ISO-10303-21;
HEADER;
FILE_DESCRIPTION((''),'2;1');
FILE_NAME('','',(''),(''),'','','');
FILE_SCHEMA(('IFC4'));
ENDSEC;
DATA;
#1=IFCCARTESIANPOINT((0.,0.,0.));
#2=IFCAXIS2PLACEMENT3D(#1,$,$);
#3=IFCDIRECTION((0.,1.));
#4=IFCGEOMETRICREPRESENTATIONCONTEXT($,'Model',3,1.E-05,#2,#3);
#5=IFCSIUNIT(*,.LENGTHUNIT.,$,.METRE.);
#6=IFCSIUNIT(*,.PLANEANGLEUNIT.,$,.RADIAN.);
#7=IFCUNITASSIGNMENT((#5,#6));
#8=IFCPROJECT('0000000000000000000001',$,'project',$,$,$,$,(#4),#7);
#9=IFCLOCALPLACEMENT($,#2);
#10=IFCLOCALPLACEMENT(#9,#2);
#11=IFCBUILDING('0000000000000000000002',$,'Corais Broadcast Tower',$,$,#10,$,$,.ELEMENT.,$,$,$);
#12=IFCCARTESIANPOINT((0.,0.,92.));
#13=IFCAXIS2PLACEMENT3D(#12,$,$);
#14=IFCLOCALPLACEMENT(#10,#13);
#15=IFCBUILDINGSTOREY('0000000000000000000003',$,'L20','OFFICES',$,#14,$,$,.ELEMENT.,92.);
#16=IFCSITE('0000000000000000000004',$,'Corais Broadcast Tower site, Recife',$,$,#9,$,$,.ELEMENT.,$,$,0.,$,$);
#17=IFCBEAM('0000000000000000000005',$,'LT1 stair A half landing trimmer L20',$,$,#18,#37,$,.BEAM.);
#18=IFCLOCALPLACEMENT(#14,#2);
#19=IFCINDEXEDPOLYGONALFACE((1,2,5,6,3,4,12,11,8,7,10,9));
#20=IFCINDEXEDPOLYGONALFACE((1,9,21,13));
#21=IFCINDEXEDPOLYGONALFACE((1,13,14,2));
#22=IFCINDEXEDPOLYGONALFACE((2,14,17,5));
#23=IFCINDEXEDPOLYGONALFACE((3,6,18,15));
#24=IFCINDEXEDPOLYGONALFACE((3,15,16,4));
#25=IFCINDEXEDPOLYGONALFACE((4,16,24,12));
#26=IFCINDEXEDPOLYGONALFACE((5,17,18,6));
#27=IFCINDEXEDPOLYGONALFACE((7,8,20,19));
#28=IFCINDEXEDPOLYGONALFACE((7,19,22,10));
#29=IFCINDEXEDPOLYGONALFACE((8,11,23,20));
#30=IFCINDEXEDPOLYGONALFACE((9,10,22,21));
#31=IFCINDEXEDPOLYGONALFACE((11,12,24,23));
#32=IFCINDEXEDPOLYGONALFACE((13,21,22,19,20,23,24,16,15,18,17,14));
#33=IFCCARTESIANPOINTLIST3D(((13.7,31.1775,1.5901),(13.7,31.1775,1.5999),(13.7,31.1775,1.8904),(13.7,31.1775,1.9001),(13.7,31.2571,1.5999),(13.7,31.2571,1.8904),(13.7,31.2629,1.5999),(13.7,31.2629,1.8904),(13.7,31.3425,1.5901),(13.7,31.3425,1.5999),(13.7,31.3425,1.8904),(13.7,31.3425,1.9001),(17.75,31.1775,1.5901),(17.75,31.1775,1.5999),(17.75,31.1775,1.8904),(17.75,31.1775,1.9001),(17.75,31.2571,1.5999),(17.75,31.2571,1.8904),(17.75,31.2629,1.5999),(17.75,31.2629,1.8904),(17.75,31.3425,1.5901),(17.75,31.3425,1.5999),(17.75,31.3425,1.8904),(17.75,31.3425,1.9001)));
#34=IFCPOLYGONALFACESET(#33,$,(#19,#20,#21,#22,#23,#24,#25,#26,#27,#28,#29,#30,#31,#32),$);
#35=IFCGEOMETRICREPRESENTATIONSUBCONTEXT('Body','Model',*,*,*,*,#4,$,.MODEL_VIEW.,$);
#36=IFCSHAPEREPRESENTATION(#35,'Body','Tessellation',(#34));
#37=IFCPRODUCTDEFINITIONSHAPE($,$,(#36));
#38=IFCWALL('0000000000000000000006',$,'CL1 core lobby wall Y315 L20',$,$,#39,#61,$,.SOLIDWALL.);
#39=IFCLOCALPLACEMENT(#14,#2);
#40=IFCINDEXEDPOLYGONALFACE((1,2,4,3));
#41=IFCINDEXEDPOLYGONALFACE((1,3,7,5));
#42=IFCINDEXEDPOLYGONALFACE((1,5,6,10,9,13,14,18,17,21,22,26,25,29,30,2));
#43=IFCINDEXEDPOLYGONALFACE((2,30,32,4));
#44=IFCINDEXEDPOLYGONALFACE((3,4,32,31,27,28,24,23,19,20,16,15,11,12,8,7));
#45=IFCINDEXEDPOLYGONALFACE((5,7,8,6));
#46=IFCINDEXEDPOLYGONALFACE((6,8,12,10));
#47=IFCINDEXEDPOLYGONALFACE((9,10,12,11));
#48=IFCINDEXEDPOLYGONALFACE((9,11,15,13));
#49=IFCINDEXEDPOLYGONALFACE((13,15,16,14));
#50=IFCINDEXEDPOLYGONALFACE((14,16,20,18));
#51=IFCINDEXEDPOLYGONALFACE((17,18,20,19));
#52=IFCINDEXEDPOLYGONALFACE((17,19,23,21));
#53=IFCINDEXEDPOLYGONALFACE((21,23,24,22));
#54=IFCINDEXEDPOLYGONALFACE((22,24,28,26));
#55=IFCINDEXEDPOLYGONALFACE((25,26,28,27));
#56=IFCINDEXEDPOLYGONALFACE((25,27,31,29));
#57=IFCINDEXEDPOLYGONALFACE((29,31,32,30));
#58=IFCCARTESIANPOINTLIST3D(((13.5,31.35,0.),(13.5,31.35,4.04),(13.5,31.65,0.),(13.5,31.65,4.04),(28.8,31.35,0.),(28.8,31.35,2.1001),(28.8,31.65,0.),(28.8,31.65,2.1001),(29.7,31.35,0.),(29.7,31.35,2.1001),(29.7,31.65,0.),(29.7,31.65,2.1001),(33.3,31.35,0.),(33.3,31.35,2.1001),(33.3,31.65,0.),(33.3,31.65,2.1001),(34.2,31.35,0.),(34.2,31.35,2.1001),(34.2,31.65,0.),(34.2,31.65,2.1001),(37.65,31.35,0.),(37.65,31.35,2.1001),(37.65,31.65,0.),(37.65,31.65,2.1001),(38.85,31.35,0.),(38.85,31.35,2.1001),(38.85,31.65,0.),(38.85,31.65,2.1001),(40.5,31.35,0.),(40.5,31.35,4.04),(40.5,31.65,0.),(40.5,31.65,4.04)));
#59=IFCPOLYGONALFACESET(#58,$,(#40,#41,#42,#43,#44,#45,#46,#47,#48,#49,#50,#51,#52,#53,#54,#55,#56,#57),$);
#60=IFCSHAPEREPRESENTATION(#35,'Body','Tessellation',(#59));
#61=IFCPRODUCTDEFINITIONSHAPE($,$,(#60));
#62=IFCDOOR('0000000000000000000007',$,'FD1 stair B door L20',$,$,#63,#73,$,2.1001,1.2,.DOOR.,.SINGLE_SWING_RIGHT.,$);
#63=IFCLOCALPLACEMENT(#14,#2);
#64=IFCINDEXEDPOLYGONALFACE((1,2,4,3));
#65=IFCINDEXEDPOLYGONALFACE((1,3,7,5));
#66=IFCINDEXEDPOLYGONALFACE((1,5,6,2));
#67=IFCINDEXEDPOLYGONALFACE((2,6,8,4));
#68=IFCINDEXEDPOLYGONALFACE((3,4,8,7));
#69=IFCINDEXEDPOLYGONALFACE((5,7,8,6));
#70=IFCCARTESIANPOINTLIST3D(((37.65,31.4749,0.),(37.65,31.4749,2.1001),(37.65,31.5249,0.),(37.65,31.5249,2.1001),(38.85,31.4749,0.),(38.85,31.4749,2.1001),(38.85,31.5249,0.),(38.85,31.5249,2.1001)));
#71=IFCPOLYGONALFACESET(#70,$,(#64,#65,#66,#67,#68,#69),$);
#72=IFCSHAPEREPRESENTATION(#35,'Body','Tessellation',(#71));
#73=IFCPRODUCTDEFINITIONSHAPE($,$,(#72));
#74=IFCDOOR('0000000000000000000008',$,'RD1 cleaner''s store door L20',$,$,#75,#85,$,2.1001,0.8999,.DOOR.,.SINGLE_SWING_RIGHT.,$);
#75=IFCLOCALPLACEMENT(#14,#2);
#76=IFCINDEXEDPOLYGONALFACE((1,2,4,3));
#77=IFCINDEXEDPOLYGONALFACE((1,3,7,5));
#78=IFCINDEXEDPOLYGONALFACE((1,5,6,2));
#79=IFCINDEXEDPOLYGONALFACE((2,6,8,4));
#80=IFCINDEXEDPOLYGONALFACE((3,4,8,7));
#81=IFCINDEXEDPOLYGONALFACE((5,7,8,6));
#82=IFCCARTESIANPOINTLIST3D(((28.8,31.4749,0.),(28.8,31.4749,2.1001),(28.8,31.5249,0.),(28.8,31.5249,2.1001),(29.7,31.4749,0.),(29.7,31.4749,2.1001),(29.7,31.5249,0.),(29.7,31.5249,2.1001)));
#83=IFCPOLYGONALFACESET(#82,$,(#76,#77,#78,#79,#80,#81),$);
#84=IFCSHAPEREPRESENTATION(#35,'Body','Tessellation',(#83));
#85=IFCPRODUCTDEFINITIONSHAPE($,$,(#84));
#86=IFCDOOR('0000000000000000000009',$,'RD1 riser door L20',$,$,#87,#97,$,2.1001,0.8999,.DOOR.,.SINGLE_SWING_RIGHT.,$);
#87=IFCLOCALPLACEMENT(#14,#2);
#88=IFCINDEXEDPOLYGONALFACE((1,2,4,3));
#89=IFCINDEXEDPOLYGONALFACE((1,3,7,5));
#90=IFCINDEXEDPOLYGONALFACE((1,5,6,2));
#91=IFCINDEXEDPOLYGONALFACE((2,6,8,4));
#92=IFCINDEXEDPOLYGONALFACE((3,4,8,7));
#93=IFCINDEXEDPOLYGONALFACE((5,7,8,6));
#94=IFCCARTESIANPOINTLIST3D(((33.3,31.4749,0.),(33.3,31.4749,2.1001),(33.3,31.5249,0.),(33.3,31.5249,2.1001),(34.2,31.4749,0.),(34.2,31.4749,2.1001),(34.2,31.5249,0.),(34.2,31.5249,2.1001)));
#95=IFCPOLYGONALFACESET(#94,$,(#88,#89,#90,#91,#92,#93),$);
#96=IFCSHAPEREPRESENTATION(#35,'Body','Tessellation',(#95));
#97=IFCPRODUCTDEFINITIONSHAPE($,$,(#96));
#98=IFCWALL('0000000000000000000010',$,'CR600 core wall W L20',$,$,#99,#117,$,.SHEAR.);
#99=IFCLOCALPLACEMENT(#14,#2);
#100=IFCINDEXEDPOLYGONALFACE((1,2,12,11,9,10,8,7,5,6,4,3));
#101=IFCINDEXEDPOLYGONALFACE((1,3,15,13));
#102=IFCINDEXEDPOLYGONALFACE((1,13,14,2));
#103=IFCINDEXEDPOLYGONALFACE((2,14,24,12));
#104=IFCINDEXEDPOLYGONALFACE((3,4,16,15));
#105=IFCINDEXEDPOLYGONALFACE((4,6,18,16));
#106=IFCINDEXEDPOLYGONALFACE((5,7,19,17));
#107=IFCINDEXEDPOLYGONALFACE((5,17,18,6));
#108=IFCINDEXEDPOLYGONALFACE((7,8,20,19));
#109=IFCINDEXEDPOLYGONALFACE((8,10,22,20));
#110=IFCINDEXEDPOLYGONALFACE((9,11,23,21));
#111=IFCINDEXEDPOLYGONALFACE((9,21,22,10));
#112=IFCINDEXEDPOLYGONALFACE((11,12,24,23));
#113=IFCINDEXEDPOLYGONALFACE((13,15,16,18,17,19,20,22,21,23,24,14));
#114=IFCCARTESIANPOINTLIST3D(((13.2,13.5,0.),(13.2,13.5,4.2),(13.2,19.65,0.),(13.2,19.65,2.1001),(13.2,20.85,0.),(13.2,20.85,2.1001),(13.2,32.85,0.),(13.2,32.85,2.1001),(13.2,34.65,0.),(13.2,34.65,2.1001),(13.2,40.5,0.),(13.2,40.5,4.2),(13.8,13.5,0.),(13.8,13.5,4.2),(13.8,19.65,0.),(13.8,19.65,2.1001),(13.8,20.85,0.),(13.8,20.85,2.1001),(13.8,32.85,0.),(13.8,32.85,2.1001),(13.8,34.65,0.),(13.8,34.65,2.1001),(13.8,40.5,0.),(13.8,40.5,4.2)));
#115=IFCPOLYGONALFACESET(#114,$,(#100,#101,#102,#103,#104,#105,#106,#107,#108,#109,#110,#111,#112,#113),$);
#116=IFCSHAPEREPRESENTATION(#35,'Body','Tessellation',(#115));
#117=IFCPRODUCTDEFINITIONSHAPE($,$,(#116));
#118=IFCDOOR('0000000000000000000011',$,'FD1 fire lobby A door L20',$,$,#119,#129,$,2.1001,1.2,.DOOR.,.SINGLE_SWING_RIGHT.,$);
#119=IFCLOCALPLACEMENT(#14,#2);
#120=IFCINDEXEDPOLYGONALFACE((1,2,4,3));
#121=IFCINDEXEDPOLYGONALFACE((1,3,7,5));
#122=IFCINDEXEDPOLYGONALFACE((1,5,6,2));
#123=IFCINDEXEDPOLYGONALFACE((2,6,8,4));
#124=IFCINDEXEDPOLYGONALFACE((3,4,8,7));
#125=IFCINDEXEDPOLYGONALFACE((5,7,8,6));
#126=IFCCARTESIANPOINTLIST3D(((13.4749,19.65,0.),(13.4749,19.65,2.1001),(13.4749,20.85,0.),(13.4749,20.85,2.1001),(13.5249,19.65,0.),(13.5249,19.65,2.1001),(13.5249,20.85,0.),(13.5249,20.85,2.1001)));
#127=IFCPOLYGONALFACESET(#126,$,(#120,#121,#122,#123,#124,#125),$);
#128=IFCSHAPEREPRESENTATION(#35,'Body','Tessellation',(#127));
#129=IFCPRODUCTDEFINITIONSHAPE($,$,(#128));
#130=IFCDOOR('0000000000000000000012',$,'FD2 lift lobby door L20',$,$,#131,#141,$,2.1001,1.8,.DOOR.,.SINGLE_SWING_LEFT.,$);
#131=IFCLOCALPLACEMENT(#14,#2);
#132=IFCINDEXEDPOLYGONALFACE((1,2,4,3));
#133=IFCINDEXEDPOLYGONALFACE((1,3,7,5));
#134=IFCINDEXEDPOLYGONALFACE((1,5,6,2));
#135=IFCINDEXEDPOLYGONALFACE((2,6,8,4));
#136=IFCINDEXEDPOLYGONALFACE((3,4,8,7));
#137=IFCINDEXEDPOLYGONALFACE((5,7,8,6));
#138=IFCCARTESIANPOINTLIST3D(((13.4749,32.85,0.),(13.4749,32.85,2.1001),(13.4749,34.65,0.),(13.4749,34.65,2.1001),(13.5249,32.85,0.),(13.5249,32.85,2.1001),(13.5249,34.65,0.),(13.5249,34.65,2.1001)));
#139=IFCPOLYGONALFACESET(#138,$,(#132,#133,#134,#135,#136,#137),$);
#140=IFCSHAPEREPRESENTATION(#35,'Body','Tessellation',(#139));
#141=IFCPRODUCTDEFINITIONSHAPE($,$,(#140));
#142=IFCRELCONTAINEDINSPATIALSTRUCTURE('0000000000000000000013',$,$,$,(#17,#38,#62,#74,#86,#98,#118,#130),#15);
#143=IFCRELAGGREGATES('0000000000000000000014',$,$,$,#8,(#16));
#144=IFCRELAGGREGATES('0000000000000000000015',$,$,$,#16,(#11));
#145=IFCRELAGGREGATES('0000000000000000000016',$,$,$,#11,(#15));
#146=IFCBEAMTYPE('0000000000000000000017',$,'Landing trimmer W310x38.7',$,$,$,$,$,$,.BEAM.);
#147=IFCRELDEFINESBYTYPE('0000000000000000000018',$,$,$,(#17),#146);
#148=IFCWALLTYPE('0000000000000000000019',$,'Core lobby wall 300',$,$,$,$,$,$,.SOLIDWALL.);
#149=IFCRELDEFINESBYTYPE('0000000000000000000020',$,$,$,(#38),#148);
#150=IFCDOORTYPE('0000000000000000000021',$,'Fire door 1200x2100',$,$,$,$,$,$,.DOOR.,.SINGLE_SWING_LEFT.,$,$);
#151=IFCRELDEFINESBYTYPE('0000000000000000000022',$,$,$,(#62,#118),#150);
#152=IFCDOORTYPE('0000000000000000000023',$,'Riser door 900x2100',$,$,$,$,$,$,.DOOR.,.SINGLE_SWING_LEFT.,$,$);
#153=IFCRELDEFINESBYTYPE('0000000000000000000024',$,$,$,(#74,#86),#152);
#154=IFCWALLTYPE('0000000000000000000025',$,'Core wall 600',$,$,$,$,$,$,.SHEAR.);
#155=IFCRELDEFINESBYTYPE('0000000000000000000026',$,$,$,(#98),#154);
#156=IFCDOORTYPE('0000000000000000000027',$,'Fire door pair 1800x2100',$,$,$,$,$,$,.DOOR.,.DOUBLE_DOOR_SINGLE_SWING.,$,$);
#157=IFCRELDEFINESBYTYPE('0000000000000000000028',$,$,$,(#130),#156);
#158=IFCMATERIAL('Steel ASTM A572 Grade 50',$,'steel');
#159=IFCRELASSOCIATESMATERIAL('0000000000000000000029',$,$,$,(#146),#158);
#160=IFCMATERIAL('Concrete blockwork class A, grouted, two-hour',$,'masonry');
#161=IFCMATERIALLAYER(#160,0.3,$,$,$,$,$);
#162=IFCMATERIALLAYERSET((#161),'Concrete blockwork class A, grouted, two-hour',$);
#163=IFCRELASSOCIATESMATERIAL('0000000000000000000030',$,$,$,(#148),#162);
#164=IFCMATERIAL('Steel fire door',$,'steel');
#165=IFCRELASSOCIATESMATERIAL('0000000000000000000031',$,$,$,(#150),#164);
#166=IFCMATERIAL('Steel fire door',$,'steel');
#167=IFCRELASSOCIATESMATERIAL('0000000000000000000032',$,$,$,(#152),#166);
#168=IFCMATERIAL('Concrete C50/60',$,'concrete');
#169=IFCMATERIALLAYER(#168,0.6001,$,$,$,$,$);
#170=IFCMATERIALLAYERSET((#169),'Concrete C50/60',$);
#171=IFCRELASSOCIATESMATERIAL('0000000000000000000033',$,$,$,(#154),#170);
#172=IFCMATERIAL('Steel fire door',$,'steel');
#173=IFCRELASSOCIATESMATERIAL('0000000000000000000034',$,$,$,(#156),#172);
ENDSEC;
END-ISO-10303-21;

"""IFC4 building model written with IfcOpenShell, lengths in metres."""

from ifc_helpers import new_model, si_unit, direction, frame, frame_2d, origin, origin_2d, place, context, subcontext, project, spatial, rectangle, i_section, extrude, material, layer, layer_set, material_profile, profile_set, type_object, element, fill, save


model = new_model("IFC4")

# Units and contexts
model_context = context("Model", 3, precision=1e-05, world=origin(), true_north=direction((0.0, 1.0)))
body_context = subcontext(model_context, "Body", "Model", "MODEL_VIEW")
ifc_project = project(units=[si_unit("LENGTHUNIT", "METRE"), si_unit("PLANEANGLEUNIT", "RADIAN")], contexts=[model_context])

# Site, building, storey
site_placement = place(None, origin())
site = spatial("IfcSite", under=ifc_project, at=site_placement, Name="Corais Broadcast Tower site, Recife", CompositionType="ELEMENT", RefElevation=0.0)
building_placement = place(site_placement, origin())
building = spatial("IfcBuilding", under=site, at=building_placement, Name="Corais Broadcast Tower", CompositionType="ELEMENT")
storey_placement = place(building_placement, frame((0.0, 0.0, 92.0)))
storey = spatial("IfcBuildingStorey", under=building, at=storey_placement, Name="L20", Description="OFFICES", CompositionType="ELEMENT", Elevation=92.0)

# Beam
ifc_material_1 = material(Name="Steel ASTM A572 Grade 50", Category="steel")
ifc_material_profile = material_profile(ifc_material_1, i_section(OverallWidth=0.165, OverallDepth=0.3101, WebThickness=0.0059, FlangeThickness=0.0098, at=origin_2d()), Name="W310x38.7")
ifc_profile_set = profile_set([ifc_material_profile], Name="Steel ASTM A572 Grade 50")
beam_type = type_object("IfcBeamType", Name="Landing trimmer W310x38.7", PredefinedType="BEAM", material=ifc_profile_set)
beam_placement = place(storey_placement, frame((13.7, 31.26, 1.7451), z_axis=(1.0, 0.0, 0.0), x_axis=(0.0, 1.0, 0.0)))
element("IfcBeam", 1, at=beam_placement, inside=storey, type_object=beam_type, Name="LT1 stair A half landing trimmer L20", PredefinedType="BEAM", context=body_context, shape_type="SweptSolid", body=[
    extrude(i_section(OverallWidth=0.165, OverallDepth=0.3101, WebThickness=0.0059, FlangeThickness=0.0098, at=origin_2d()), origin(), (0.0, 0.0, 1.0), 4.05),
])

# Walls, openings, doors
ifc_material_2 = material(Name="Concrete blockwork class A, grouted, two-hour", Category="masonry")
ifc_layer_1 = layer(ifc_material_2, 0.3)
ifc_layer_set_1 = layer_set([ifc_layer_1], Name="Concrete blockwork class A, grouted, two-hour")
wall_type_1 = type_object("IfcWallType", Name="Core lobby wall 300", PredefinedType="SOLIDWALL", material=ifc_layer_set_1)
wall_1_placement = place(storey_placement, frame((13.5, 31.5, 0.0), z_axis=(0.0, 0.0, 1.0), x_axis=(1.0, 0.0, 0.0)))
wall_1 = element("IfcWall", 2, at=wall_1_placement, inside=storey, type_object=wall_type_1, Name="CL1 core lobby wall Y315 L20", PredefinedType="SOLIDWALL", context=body_context, shape_type="SweptSolid", body=[
    extrude(rectangle(XDim=27.0, YDim=0.3, at=frame_2d((13.5, 0.0))), origin(), (0.0, 0.0, 1.0), 4.04),
])
opening_1_placement = place(wall_1_placement, frame((24.1499, 0.0, 0.0)))
opening_1 = element("IfcOpeningElement", 3, at=opening_1_placement, cuts=wall_1, PredefinedType="OPENING", context=body_context, shape_type="SweptSolid", body=[
    extrude(rectangle(XDim=1.2, YDim=2.1001, at=frame_2d((0.6001, 1.05))), frame((0.0, 0.1599, 0.0), z_axis=(0.0, -1.0, 0.0), x_axis=(1.0, 0.0, 0.0)), (0.0, 0.0, 1.0), 0.3201),
])
opening_2_placement = place(wall_1_placement, frame((15.3, 0.0, 0.0)))
opening_2 = element("IfcOpeningElement", 4, at=opening_2_placement, cuts=wall_1, PredefinedType="OPENING", context=body_context, shape_type="SweptSolid", body=[
    extrude(rectangle(XDim=0.8999, YDim=2.1001, at=frame_2d((0.45, 1.05))), frame((0.0, 0.1599, 0.0), z_axis=(0.0, -1.0, 0.0), x_axis=(1.0, 0.0, 0.0)), (0.0, 0.0, 1.0), 0.3201),
])
opening_3_placement = place(wall_1_placement, frame((19.8, 0.0, 0.0)))
opening_3 = element("IfcOpeningElement", 5, at=opening_3_placement, cuts=wall_1, PredefinedType="OPENING", context=body_context, shape_type="SweptSolid", body=[
    extrude(rectangle(XDim=0.8999, YDim=2.1001, at=frame_2d((0.45, 1.05))), frame((0.0, 0.1599, 0.0), z_axis=(0.0, -1.0, 0.0), x_axis=(1.0, 0.0, 0.0)), (0.0, 0.0, 1.0), 0.3201),
])
ifc_material_3 = material(Name="Steel fire door", Category="steel")
door_type_1 = type_object("IfcDoorType", Name="Fire door 1200x2100", OperationType="SINGLE_SWING_LEFT", PredefinedType="DOOR", material=ifc_material_3)
door_1_placement = place(opening_1_placement, origin())
door_1 = element("IfcDoor", 6, at=door_1_placement, inside=storey, type_object=door_type_1, Name="FD1 stair B door L20", OperationType="SINGLE_SWING_RIGHT", OverallHeight=2.1001, OverallWidth=1.2, PredefinedType="DOOR", context=body_context, shape_type="SweptSolid", body=[
    extrude(rectangle(XDim=1.2, YDim=2.1001, at=frame_2d((0.6001, 1.05))), frame((0.0, 0.0249, 0.0), z_axis=(0.0, -1.0, 0.0), x_axis=(1.0, 0.0, 0.0)), (0.0, 0.0, 1.0), 0.05),
])
fill(opening_1, door_1)
ifc_material_4 = material(Name="Steel fire door", Category="steel")
door_type_2 = type_object("IfcDoorType", Name="Riser door 900x2100", OperationType="SINGLE_SWING_LEFT", PredefinedType="DOOR", material=ifc_material_4)
door_2_placement = place(opening_2_placement, origin())
door_2 = element("IfcDoor", 7, at=door_2_placement, inside=storey, type_object=door_type_2, Name="RD1 cleaner's store door L20", OperationType="SINGLE_SWING_RIGHT", OverallHeight=2.1001, OverallWidth=0.8999, PredefinedType="DOOR", context=body_context, shape_type="SweptSolid", body=[
    extrude(rectangle(XDim=0.8999, YDim=2.1001, at=frame_2d((0.45, 1.05))), frame((0.0, 0.0249, 0.0), z_axis=(0.0, -1.0, 0.0), x_axis=(1.0, 0.0, 0.0)), (0.0, 0.0, 1.0), 0.05),
])
fill(opening_2, door_2)
door_3_placement = place(opening_3_placement, origin())
door_3 = element("IfcDoor", 8, at=door_3_placement, inside=storey, type_object=door_type_2, Name="RD1 riser door L20", OperationType="SINGLE_SWING_RIGHT", OverallHeight=2.1001, OverallWidth=0.8999, PredefinedType="DOOR", context=body_context, shape_type="SweptSolid", body=[
    extrude(rectangle(XDim=0.8999, YDim=2.1001, at=frame_2d((0.45, 1.05))), frame((0.0, 0.0249, 0.0), z_axis=(0.0, -1.0, 0.0), x_axis=(1.0, 0.0, 0.0)), (0.0, 0.0, 1.0), 0.05),
])
fill(opening_3, door_3)
ifc_material_5 = material(Name="Concrete C50/60", Category="concrete")
ifc_layer_2 = layer(ifc_material_5, 0.6001)
ifc_layer_set_2 = layer_set([ifc_layer_2], Name="Concrete C50/60")
wall_type_2 = type_object("IfcWallType", Name="Core wall 600", PredefinedType="SHEAR", material=ifc_layer_set_2)
wall_2_placement = place(storey_placement, frame((13.5, 40.5, 0.0), z_axis=(0.0, 0.0, 1.0), x_axis=(0.0, -1.0, 0.0)))
wall_2 = element("IfcWall", 9, at=wall_2_placement, inside=storey, type_object=wall_type_2, Name="CR600 core wall W L20", PredefinedType="SHEAR", context=body_context, shape_type="SweptSolid", body=[
    extrude(rectangle(XDim=27.0, YDim=0.6001, at=frame_2d((13.5, 0.0))), origin(), (0.0, 0.0, 1.0), 4.2),
])
opening_4_placement = place(wall_2_placement, frame((19.6499, 0.0, 0.0)))
opening_4 = element("IfcOpeningElement", 10, at=opening_4_placement, cuts=wall_2, PredefinedType="OPENING", context=body_context, shape_type="SweptSolid", body=[
    extrude(rectangle(XDim=1.2, YDim=2.1001, at=frame_2d((0.6001, 1.05))), frame((0.0, 0.3101, 0.0), z_axis=(0.0, -1.0, 0.0), x_axis=(1.0, 0.0, 0.0)), (0.0, 0.0, 1.0), 0.6201),
])
opening_5_placement = place(wall_2_placement, frame((5.8501, 0.0, 0.0)))
opening_5 = element("IfcOpeningElement", 11, at=opening_5_placement, cuts=wall_2, PredefinedType="OPENING", context=body_context, shape_type="SweptSolid", body=[
    extrude(rectangle(XDim=1.8, YDim=2.1001, at=frame_2d((0.8999, 1.05))), frame((0.0, 0.3101, 0.0), z_axis=(0.0, -1.0, 0.0), x_axis=(1.0, 0.0, 0.0)), (0.0, 0.0, 1.0), 0.6201),
])
door_4_placement = place(opening_4_placement, origin())
door_4 = element("IfcDoor", 12, at=door_4_placement, inside=storey, type_object=door_type_1, Name="FD1 fire lobby A door L20", OperationType="SINGLE_SWING_RIGHT", OverallHeight=2.1001, OverallWidth=1.2, PredefinedType="DOOR", context=body_context, shape_type="SweptSolid", body=[
    extrude(rectangle(XDim=1.2, YDim=2.1001, at=frame_2d((0.6001, 1.05))), frame((0.0, 0.0249, 0.0), z_axis=(0.0, -1.0, 0.0), x_axis=(1.0, 0.0, 0.0)), (0.0, 0.0, 1.0), 0.05),
])
fill(opening_4, door_4)
ifc_material_6 = material(Name="Steel fire door", Category="steel")
door_type_3 = type_object("IfcDoorType", Name="Fire door pair 1800x2100", OperationType="DOUBLE_DOOR_SINGLE_SWING", PredefinedType="DOOR", material=ifc_material_6)
door_5_placement = place(opening_5_placement, origin())
door_5 = element("IfcDoor", 13, at=door_5_placement, inside=storey, type_object=door_type_3, Name="FD2 lift lobby door L20", OperationType="SINGLE_SWING_LEFT", OverallHeight=2.1001, OverallWidth=1.8, PredefinedType="DOOR", context=body_context, shape_type="SweptSolid", body=[
    extrude(rectangle(XDim=1.8, YDim=2.1001, at=frame_2d((0.8999, 1.05))), frame((0.0, 0.0249, 0.0), z_axis=(0.0, -1.0, 0.0), x_axis=(1.0, 0.0, 0.0)), (0.0, 0.0, 1.0), 0.05),
])
fill(opening_5, door_5)

save(model, "model.ifc")
